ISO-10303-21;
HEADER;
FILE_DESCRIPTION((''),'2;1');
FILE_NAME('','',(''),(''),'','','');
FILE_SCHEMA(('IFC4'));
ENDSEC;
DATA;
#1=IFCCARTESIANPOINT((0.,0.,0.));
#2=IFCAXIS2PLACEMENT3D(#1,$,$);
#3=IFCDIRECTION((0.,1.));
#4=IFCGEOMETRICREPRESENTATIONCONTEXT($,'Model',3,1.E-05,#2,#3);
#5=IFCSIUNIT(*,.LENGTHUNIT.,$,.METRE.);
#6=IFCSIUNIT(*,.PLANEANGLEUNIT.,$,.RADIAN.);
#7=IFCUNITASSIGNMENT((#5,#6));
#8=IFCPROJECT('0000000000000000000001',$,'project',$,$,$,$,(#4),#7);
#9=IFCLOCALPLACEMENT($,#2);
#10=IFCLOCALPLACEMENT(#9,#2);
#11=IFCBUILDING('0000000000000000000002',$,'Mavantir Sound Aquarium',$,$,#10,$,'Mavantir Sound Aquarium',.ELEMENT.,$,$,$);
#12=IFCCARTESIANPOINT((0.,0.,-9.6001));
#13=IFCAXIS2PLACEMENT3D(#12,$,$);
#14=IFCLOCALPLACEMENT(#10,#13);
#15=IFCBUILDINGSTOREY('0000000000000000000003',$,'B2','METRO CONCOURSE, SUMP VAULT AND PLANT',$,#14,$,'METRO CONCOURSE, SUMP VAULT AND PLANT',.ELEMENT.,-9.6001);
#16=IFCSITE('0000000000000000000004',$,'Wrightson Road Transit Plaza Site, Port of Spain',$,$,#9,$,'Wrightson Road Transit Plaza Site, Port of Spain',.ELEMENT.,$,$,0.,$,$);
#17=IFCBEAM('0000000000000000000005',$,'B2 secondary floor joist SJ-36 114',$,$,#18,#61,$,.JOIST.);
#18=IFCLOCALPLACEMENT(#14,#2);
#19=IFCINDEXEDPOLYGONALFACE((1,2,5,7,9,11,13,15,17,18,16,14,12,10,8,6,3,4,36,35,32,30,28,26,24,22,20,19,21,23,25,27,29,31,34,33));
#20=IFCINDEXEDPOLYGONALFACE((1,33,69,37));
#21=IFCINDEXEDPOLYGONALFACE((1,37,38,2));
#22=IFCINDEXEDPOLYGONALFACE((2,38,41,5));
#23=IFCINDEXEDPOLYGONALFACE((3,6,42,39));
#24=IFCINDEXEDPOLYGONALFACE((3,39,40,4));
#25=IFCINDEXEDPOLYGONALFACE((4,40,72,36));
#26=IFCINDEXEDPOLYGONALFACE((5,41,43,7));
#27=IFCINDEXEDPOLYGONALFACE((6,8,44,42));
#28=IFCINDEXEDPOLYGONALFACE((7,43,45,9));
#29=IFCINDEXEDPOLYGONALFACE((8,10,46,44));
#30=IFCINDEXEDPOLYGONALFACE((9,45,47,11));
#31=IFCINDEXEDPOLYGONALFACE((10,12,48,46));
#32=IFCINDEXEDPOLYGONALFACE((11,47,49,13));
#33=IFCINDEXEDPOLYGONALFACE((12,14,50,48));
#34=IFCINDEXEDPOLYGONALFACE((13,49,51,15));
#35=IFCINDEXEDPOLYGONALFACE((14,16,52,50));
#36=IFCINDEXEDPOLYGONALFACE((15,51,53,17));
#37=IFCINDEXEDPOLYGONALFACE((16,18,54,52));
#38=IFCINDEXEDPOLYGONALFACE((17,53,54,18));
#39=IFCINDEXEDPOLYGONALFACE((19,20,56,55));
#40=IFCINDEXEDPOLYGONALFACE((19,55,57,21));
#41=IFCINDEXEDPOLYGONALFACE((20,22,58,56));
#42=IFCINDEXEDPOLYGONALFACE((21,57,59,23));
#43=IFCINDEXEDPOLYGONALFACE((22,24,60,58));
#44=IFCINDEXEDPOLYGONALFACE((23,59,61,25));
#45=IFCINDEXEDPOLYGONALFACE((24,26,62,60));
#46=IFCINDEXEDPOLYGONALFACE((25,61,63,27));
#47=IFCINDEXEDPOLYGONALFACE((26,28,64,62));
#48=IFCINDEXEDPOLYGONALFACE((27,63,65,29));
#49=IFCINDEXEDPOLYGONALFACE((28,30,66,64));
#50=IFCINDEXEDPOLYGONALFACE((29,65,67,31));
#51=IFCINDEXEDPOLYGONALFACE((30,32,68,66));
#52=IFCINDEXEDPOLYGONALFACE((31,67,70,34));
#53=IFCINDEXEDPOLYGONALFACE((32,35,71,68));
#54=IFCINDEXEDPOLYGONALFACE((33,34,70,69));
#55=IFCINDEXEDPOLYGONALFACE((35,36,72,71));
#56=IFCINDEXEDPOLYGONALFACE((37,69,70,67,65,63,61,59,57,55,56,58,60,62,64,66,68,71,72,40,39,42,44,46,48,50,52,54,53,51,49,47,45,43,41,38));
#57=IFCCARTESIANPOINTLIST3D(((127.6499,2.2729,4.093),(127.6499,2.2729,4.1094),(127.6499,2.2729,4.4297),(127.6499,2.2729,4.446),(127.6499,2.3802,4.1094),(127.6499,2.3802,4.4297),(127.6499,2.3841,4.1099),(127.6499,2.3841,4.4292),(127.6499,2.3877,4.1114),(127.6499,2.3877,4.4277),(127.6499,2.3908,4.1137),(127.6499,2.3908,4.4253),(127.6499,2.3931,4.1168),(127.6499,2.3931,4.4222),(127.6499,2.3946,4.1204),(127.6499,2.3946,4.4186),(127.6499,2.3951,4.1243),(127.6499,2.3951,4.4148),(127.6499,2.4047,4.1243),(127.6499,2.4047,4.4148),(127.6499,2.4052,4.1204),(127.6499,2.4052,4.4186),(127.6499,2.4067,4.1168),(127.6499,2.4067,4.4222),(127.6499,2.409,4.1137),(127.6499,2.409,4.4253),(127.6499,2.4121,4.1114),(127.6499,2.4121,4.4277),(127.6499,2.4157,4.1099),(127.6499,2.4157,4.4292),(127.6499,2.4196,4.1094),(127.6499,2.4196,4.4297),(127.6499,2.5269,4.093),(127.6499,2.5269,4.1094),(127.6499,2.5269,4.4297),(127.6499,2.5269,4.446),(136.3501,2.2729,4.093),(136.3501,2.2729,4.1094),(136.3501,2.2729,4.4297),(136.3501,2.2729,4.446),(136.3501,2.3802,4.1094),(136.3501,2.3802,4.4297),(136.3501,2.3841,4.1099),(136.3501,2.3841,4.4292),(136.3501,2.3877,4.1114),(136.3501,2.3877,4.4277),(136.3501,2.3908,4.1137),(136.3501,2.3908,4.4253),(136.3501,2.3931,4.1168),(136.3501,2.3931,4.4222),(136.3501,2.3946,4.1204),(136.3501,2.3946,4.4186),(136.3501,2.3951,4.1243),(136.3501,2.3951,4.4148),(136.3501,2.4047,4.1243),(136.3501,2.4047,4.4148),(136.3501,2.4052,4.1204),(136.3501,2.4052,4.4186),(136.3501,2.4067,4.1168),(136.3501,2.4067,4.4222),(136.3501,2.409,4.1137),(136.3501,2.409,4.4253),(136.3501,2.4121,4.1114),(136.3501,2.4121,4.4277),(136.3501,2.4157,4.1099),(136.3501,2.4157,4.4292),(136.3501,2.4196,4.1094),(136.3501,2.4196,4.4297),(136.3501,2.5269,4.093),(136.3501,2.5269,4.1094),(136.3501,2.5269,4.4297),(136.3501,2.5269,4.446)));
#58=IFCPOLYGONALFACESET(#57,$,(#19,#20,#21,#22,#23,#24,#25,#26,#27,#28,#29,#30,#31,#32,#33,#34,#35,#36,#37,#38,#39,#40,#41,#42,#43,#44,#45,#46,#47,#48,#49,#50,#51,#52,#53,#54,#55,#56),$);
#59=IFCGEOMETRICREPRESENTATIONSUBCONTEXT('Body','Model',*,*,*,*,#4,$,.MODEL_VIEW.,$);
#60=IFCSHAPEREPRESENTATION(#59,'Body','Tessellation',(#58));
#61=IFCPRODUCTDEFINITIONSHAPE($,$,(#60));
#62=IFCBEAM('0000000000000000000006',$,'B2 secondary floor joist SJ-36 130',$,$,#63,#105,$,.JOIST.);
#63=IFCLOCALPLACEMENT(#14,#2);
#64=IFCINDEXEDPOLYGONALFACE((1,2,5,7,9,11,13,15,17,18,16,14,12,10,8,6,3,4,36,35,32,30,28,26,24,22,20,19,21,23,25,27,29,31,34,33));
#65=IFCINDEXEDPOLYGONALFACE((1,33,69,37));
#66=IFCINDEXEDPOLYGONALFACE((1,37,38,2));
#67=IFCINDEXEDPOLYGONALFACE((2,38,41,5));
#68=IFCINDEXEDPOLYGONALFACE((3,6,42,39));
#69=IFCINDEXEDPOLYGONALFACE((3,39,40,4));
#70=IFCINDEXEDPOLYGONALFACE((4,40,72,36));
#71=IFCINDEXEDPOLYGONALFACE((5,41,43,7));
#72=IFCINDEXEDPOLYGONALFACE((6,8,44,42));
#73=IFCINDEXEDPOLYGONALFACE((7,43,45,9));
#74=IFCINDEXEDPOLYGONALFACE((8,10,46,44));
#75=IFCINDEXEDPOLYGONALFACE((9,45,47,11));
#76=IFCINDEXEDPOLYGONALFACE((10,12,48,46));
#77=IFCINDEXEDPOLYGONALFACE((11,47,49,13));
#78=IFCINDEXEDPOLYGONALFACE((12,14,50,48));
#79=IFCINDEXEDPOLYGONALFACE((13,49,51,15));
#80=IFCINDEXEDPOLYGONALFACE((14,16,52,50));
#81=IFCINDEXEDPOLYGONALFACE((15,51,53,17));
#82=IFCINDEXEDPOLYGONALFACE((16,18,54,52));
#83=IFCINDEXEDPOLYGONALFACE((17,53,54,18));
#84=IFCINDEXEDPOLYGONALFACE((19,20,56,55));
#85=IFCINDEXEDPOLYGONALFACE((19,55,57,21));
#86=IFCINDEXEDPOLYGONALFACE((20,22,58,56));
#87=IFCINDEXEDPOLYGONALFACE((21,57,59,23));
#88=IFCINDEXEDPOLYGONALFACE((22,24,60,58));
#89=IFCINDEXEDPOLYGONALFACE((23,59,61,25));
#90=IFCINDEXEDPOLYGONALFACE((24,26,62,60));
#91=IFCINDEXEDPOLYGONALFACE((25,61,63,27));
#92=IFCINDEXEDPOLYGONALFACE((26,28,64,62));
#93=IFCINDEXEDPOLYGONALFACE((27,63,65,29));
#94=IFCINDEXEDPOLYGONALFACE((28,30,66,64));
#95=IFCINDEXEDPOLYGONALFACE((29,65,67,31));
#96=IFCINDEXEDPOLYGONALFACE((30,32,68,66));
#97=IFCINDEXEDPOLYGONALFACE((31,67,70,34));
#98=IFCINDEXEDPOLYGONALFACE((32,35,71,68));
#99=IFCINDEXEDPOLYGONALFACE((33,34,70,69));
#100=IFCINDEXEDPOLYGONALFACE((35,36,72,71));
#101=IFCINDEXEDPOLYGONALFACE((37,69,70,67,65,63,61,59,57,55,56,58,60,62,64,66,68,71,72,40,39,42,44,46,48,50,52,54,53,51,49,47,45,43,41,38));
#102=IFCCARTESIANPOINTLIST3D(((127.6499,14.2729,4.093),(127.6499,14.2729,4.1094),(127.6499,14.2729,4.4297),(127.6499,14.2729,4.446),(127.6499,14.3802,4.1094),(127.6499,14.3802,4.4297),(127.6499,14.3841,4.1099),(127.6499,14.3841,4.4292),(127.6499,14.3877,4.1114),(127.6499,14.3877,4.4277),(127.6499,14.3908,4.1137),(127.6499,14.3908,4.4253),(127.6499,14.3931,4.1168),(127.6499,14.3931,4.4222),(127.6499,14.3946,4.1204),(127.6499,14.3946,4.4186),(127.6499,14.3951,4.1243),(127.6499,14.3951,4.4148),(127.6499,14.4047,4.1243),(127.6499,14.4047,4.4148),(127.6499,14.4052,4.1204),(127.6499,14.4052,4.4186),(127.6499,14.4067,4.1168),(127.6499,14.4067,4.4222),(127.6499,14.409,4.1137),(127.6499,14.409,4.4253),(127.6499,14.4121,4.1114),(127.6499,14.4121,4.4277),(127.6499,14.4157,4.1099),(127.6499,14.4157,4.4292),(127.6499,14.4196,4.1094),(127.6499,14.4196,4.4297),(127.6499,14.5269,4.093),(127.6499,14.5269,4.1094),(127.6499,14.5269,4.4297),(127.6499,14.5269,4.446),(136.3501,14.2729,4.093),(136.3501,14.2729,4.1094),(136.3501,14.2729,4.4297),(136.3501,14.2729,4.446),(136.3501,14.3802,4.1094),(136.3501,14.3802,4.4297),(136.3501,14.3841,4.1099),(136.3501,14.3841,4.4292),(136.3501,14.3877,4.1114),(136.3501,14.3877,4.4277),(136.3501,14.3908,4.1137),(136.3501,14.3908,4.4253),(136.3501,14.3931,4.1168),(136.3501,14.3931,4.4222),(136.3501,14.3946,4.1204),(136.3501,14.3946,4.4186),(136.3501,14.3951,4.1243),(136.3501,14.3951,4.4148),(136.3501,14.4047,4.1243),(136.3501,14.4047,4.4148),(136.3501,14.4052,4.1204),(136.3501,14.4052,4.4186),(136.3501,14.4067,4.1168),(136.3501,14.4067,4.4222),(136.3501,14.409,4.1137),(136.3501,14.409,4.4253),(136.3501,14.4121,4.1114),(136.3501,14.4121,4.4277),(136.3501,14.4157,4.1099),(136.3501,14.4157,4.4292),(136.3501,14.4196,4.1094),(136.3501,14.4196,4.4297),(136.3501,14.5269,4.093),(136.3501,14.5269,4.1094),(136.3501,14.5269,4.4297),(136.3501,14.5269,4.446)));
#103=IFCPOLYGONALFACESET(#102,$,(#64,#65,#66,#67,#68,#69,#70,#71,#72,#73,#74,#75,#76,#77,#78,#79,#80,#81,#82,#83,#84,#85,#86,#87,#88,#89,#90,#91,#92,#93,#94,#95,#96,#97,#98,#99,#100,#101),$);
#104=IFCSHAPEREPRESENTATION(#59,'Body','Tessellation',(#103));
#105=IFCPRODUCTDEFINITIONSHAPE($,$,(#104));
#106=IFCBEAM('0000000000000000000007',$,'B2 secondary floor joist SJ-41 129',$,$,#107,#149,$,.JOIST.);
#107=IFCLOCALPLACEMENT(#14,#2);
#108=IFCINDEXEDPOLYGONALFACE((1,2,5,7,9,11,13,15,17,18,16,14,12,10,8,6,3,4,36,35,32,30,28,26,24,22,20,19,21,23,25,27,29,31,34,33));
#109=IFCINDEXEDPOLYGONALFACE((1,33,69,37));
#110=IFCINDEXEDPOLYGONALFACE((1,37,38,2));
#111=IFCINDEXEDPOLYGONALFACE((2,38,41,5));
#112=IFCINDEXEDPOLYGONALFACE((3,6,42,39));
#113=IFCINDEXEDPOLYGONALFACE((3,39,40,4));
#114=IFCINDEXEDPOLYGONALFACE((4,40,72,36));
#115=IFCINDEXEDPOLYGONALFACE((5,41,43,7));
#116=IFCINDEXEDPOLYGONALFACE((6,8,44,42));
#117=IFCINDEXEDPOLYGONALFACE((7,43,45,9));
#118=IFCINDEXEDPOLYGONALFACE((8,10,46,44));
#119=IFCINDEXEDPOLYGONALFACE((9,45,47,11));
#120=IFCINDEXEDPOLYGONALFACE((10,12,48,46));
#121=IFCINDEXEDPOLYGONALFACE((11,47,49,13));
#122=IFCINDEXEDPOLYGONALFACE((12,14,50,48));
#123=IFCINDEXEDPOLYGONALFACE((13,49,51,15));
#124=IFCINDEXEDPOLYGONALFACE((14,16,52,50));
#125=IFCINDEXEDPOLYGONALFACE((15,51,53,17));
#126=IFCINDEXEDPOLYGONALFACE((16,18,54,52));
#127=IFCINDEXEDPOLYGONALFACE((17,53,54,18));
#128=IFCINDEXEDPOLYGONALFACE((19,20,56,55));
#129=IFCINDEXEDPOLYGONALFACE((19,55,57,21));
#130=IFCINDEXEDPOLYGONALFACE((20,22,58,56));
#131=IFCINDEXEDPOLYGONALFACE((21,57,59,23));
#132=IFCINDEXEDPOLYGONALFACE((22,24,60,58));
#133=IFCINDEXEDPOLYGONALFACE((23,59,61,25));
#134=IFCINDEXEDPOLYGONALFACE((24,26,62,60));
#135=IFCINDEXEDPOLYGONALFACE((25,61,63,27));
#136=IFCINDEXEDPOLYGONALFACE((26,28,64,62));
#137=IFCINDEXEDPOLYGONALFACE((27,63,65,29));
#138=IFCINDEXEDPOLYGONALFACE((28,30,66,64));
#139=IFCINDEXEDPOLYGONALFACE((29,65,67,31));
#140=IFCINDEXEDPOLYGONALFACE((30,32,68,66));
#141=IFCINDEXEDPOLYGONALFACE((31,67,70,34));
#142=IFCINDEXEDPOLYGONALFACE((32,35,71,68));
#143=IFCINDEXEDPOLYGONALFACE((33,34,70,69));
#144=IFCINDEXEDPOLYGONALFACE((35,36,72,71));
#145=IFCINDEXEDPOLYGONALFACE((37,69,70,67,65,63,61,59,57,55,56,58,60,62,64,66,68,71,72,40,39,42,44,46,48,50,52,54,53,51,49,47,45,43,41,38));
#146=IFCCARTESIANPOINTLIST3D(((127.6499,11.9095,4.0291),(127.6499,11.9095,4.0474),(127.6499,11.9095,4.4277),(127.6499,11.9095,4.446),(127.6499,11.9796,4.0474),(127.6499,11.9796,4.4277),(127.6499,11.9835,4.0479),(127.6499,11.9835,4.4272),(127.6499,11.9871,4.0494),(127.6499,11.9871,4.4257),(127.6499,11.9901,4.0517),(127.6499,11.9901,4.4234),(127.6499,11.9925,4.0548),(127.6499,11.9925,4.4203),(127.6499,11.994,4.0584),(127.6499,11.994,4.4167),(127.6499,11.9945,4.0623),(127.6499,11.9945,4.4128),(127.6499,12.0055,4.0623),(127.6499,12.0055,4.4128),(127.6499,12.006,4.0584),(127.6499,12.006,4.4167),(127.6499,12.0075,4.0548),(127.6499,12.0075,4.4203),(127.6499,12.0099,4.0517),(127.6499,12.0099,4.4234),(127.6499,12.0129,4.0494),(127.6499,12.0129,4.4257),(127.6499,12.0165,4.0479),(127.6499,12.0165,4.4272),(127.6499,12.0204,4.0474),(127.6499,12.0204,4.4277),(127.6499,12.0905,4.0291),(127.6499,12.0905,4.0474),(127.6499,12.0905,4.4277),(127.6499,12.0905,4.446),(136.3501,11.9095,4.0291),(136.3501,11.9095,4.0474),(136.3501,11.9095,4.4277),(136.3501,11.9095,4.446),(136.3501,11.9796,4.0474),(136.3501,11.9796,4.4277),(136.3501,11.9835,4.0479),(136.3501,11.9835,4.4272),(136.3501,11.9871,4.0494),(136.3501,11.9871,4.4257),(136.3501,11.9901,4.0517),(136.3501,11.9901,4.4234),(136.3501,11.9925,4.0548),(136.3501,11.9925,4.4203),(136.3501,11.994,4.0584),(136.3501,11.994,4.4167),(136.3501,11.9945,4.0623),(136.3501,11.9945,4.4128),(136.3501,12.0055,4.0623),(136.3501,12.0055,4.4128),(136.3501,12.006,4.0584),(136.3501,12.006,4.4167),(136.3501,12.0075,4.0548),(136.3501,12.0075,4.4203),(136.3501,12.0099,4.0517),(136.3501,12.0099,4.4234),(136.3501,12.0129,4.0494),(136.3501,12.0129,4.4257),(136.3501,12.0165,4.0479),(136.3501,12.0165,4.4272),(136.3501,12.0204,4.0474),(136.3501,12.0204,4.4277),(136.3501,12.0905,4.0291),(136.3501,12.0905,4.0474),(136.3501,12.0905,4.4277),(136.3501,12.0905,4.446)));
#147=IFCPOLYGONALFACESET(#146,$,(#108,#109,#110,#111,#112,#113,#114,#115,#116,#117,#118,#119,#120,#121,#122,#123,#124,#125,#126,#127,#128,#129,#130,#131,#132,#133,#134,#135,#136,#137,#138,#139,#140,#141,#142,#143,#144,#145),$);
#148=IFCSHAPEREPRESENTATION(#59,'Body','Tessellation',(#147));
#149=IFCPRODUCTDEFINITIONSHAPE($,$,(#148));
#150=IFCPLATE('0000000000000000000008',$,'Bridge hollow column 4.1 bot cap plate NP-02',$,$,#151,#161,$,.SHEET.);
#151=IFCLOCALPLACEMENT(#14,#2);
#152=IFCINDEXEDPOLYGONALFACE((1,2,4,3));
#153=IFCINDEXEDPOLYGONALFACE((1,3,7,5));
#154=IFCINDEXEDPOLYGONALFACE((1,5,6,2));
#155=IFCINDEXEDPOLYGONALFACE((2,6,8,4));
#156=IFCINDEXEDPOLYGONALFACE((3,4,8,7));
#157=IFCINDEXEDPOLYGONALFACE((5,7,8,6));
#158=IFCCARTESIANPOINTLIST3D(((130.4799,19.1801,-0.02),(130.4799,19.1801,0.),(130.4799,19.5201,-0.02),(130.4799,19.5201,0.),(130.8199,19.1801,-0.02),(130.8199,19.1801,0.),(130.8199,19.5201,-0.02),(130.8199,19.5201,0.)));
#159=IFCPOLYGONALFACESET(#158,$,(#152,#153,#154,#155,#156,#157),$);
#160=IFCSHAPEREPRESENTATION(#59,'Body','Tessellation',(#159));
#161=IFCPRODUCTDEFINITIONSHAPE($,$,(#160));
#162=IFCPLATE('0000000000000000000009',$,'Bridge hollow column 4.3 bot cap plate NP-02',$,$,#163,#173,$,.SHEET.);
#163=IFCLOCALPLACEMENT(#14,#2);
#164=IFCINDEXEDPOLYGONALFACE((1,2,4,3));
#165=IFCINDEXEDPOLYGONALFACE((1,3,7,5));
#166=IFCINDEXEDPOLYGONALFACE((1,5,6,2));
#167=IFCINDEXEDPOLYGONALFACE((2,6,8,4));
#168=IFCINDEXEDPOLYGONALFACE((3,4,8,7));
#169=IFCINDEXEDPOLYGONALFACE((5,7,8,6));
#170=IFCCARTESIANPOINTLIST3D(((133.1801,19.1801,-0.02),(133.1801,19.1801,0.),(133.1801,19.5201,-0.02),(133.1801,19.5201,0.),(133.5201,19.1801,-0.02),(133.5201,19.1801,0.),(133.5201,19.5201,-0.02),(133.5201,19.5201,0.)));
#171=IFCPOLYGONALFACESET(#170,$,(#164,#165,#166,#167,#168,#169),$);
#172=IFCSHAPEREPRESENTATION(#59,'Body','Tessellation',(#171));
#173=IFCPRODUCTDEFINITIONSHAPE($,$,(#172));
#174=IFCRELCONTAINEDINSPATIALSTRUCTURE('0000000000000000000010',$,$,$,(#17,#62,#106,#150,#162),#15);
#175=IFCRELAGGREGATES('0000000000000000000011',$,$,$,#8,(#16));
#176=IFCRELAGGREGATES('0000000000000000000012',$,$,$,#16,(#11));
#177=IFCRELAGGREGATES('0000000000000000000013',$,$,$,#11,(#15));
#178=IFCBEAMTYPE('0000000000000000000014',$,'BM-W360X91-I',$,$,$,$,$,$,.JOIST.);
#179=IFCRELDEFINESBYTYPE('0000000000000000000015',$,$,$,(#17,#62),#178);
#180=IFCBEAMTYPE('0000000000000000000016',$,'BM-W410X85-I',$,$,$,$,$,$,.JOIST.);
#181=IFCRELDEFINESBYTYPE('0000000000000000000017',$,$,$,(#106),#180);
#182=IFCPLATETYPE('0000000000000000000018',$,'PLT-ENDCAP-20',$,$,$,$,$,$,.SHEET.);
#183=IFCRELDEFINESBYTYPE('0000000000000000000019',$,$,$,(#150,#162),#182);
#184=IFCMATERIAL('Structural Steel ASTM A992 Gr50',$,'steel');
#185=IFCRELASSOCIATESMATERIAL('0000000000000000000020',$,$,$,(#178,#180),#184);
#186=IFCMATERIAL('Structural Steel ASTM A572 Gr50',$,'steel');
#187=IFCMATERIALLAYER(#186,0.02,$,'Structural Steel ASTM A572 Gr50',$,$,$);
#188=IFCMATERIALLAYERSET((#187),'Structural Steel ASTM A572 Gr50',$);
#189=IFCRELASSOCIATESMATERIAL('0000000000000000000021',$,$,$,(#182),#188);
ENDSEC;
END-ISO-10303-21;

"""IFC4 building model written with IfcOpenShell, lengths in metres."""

from ifc_helpers import new_model, si_unit, direction, frame, origin, origin_2d, place, context, subcontext, project, spatial, rectangle, i_section, extrude, material, layer, layer_set, material_profile, profile_set, type_object, element, save


model = new_model("IFC4")

# Units and contexts
model_context = context("Model", 3, precision=1e-05, world=origin(), true_north=direction((0.0, 1.0)))
body_context = subcontext(model_context, "Body", "Model", "MODEL_VIEW")
ifc_project = project(units=[si_unit("LENGTHUNIT", "METRE"), si_unit("PLANEANGLEUNIT", "RADIAN")], contexts=[model_context])

# Site, building, storey
site_placement = place(None, origin())
site = spatial("IfcSite", under=ifc_project, at=site_placement, Name="Wrightson Road Transit Plaza Site, Port of Spain", LongName="Wrightson Road Transit Plaza Site, Port of Spain", CompositionType="ELEMENT", RefElevation=0.0)
building_placement = place(site_placement, origin())
building = spatial("IfcBuilding", under=site, at=building_placement, Name="Mavantir Sound Aquarium", LongName="Mavantir Sound Aquarium", CompositionType="ELEMENT")
storey_placement = place(building_placement, frame((0.0, 0.0, -9.6001)))
storey = spatial("IfcBuildingStorey", under=building, at=storey_placement, Name="B2", Description="METRO CONCOURSE, SUMP VAULT AND PLANT", LongName="METRO CONCOURSE, SUMP VAULT AND PLANT", CompositionType="ELEMENT", Elevation=-9.6001)

# Beams
ifc_material_1 = material(Name="Structural Steel ASTM A992 Gr50", Category="steel")
ifc_material_profile_1 = material_profile(ifc_material_1, i_section(OverallWidth=0.2539, OverallDepth=0.353, WebThickness=0.0095, FlangeThickness=0.0164, FilletRadius=0.0149, at=origin_2d()), Name="W360X91")
ifc_profile_set_1 = profile_set([ifc_material_profile_1], Name="Structural Steel ASTM A992 Gr50")
beam_type_1 = type_object("IfcBeamType", Name="BM-W360X91-I", PredefinedType="JOIST", material=ifc_profile_set_1)
for number, where, z_axis, x_axis, name in (
    (1, (127.6499, 2.3999, 4.2695), (1.0, 0.0, 0.0), (0.0, 1.0, 0.0), "B2 secondary floor joist SJ-36 114"),
    (2, (127.6499, 14.3999, 4.2695), (1.0, 0.0, 0.0), (0.0, 1.0, 0.0), "B2 secondary floor joist SJ-36 130"),
):
    element("IfcBeam", number, at=place(storey_placement, frame(where, z_axis=z_axis, x_axis=x_axis)), inside=storey, type_object=beam_type_1, Name=name, PredefinedType="JOIST", context=body_context, shape_type="SweptSolid", body=[
        extrude(i_section(OverallWidth=0.2539, OverallDepth=0.353, WebThickness=0.0095, FlangeThickness=0.0164, FilletRadius=0.0149, at=origin_2d()), origin(), (0.0, 0.0, 1.0), 8.7002),
    ])
ifc_material_profile_2 = material_profile(ifc_material_1, i_section(OverallWidth=0.1809, OverallDepth=0.417, WebThickness=0.011, FlangeThickness=0.0183, FilletRadius=0.0149, at=origin_2d()), Name="W410X85")
ifc_profile_set_2 = profile_set([ifc_material_profile_2], Name="Structural Steel ASTM A992 Gr50")
beam_type_2 = type_object("IfcBeamType", Name="BM-W410X85-I", PredefinedType="JOIST", material=ifc_profile_set_2)
beam_1_placement = place(storey_placement, frame((127.6499, 12.0, 4.2375), z_axis=(1.0, 0.0, 0.0), x_axis=(0.0, 1.0, 0.0)))
element("IfcBeam", 3, at=beam_1_placement, inside=storey, type_object=beam_type_2, Name="B2 secondary floor joist SJ-41 129", PredefinedType="JOIST", context=body_context, shape_type="SweptSolid", body=[
    extrude(i_section(OverallWidth=0.1809, OverallDepth=0.417, WebThickness=0.011, FlangeThickness=0.0183, FilletRadius=0.0149, at=origin_2d()), origin(), (0.0, 0.0, 1.0), 8.7002),
])

# Plates
ifc_material_2 = material(Name="Structural Steel ASTM A572 Gr50", Category="steel")
ifc_layer = layer(ifc_material_2, 0.02, Name="Structural Steel ASTM A572 Gr50")
ifc_layer_set = layer_set([ifc_layer], Name="Structural Steel ASTM A572 Gr50")
plate_type = type_object("IfcPlateType", Name="PLT-ENDCAP-20", PredefinedType="SHEET", material=ifc_layer_set)
for number, where, z_axis, x_axis, name in (
    (4, (130.6499, 19.3501, -0.02), (0.0, 0.0, 1.0), (1.0, 0.0, 0.0), "Bridge hollow column 4.1 bot cap plate NP-02"),
    (5, (133.3501, 19.3501, -0.02), (0.0, 0.0, 1.0), (1.0, 0.0, 0.0), "Bridge hollow column 4.3 bot cap plate NP-02"),
):
    element("IfcPlate", number, at=place(storey_placement, frame(where, z_axis=z_axis, x_axis=x_axis)), inside=storey, type_object=plate_type, Name=name, PredefinedType="SHEET", context=body_context, shape_type="SweptSolid", body=[
        extrude(rectangle(XDim=0.3401, YDim=0.3401, at=origin_2d()), origin(), (0.0, 0.0, 1.0), 0.02),
    ])

save(model, "model.ifc")
